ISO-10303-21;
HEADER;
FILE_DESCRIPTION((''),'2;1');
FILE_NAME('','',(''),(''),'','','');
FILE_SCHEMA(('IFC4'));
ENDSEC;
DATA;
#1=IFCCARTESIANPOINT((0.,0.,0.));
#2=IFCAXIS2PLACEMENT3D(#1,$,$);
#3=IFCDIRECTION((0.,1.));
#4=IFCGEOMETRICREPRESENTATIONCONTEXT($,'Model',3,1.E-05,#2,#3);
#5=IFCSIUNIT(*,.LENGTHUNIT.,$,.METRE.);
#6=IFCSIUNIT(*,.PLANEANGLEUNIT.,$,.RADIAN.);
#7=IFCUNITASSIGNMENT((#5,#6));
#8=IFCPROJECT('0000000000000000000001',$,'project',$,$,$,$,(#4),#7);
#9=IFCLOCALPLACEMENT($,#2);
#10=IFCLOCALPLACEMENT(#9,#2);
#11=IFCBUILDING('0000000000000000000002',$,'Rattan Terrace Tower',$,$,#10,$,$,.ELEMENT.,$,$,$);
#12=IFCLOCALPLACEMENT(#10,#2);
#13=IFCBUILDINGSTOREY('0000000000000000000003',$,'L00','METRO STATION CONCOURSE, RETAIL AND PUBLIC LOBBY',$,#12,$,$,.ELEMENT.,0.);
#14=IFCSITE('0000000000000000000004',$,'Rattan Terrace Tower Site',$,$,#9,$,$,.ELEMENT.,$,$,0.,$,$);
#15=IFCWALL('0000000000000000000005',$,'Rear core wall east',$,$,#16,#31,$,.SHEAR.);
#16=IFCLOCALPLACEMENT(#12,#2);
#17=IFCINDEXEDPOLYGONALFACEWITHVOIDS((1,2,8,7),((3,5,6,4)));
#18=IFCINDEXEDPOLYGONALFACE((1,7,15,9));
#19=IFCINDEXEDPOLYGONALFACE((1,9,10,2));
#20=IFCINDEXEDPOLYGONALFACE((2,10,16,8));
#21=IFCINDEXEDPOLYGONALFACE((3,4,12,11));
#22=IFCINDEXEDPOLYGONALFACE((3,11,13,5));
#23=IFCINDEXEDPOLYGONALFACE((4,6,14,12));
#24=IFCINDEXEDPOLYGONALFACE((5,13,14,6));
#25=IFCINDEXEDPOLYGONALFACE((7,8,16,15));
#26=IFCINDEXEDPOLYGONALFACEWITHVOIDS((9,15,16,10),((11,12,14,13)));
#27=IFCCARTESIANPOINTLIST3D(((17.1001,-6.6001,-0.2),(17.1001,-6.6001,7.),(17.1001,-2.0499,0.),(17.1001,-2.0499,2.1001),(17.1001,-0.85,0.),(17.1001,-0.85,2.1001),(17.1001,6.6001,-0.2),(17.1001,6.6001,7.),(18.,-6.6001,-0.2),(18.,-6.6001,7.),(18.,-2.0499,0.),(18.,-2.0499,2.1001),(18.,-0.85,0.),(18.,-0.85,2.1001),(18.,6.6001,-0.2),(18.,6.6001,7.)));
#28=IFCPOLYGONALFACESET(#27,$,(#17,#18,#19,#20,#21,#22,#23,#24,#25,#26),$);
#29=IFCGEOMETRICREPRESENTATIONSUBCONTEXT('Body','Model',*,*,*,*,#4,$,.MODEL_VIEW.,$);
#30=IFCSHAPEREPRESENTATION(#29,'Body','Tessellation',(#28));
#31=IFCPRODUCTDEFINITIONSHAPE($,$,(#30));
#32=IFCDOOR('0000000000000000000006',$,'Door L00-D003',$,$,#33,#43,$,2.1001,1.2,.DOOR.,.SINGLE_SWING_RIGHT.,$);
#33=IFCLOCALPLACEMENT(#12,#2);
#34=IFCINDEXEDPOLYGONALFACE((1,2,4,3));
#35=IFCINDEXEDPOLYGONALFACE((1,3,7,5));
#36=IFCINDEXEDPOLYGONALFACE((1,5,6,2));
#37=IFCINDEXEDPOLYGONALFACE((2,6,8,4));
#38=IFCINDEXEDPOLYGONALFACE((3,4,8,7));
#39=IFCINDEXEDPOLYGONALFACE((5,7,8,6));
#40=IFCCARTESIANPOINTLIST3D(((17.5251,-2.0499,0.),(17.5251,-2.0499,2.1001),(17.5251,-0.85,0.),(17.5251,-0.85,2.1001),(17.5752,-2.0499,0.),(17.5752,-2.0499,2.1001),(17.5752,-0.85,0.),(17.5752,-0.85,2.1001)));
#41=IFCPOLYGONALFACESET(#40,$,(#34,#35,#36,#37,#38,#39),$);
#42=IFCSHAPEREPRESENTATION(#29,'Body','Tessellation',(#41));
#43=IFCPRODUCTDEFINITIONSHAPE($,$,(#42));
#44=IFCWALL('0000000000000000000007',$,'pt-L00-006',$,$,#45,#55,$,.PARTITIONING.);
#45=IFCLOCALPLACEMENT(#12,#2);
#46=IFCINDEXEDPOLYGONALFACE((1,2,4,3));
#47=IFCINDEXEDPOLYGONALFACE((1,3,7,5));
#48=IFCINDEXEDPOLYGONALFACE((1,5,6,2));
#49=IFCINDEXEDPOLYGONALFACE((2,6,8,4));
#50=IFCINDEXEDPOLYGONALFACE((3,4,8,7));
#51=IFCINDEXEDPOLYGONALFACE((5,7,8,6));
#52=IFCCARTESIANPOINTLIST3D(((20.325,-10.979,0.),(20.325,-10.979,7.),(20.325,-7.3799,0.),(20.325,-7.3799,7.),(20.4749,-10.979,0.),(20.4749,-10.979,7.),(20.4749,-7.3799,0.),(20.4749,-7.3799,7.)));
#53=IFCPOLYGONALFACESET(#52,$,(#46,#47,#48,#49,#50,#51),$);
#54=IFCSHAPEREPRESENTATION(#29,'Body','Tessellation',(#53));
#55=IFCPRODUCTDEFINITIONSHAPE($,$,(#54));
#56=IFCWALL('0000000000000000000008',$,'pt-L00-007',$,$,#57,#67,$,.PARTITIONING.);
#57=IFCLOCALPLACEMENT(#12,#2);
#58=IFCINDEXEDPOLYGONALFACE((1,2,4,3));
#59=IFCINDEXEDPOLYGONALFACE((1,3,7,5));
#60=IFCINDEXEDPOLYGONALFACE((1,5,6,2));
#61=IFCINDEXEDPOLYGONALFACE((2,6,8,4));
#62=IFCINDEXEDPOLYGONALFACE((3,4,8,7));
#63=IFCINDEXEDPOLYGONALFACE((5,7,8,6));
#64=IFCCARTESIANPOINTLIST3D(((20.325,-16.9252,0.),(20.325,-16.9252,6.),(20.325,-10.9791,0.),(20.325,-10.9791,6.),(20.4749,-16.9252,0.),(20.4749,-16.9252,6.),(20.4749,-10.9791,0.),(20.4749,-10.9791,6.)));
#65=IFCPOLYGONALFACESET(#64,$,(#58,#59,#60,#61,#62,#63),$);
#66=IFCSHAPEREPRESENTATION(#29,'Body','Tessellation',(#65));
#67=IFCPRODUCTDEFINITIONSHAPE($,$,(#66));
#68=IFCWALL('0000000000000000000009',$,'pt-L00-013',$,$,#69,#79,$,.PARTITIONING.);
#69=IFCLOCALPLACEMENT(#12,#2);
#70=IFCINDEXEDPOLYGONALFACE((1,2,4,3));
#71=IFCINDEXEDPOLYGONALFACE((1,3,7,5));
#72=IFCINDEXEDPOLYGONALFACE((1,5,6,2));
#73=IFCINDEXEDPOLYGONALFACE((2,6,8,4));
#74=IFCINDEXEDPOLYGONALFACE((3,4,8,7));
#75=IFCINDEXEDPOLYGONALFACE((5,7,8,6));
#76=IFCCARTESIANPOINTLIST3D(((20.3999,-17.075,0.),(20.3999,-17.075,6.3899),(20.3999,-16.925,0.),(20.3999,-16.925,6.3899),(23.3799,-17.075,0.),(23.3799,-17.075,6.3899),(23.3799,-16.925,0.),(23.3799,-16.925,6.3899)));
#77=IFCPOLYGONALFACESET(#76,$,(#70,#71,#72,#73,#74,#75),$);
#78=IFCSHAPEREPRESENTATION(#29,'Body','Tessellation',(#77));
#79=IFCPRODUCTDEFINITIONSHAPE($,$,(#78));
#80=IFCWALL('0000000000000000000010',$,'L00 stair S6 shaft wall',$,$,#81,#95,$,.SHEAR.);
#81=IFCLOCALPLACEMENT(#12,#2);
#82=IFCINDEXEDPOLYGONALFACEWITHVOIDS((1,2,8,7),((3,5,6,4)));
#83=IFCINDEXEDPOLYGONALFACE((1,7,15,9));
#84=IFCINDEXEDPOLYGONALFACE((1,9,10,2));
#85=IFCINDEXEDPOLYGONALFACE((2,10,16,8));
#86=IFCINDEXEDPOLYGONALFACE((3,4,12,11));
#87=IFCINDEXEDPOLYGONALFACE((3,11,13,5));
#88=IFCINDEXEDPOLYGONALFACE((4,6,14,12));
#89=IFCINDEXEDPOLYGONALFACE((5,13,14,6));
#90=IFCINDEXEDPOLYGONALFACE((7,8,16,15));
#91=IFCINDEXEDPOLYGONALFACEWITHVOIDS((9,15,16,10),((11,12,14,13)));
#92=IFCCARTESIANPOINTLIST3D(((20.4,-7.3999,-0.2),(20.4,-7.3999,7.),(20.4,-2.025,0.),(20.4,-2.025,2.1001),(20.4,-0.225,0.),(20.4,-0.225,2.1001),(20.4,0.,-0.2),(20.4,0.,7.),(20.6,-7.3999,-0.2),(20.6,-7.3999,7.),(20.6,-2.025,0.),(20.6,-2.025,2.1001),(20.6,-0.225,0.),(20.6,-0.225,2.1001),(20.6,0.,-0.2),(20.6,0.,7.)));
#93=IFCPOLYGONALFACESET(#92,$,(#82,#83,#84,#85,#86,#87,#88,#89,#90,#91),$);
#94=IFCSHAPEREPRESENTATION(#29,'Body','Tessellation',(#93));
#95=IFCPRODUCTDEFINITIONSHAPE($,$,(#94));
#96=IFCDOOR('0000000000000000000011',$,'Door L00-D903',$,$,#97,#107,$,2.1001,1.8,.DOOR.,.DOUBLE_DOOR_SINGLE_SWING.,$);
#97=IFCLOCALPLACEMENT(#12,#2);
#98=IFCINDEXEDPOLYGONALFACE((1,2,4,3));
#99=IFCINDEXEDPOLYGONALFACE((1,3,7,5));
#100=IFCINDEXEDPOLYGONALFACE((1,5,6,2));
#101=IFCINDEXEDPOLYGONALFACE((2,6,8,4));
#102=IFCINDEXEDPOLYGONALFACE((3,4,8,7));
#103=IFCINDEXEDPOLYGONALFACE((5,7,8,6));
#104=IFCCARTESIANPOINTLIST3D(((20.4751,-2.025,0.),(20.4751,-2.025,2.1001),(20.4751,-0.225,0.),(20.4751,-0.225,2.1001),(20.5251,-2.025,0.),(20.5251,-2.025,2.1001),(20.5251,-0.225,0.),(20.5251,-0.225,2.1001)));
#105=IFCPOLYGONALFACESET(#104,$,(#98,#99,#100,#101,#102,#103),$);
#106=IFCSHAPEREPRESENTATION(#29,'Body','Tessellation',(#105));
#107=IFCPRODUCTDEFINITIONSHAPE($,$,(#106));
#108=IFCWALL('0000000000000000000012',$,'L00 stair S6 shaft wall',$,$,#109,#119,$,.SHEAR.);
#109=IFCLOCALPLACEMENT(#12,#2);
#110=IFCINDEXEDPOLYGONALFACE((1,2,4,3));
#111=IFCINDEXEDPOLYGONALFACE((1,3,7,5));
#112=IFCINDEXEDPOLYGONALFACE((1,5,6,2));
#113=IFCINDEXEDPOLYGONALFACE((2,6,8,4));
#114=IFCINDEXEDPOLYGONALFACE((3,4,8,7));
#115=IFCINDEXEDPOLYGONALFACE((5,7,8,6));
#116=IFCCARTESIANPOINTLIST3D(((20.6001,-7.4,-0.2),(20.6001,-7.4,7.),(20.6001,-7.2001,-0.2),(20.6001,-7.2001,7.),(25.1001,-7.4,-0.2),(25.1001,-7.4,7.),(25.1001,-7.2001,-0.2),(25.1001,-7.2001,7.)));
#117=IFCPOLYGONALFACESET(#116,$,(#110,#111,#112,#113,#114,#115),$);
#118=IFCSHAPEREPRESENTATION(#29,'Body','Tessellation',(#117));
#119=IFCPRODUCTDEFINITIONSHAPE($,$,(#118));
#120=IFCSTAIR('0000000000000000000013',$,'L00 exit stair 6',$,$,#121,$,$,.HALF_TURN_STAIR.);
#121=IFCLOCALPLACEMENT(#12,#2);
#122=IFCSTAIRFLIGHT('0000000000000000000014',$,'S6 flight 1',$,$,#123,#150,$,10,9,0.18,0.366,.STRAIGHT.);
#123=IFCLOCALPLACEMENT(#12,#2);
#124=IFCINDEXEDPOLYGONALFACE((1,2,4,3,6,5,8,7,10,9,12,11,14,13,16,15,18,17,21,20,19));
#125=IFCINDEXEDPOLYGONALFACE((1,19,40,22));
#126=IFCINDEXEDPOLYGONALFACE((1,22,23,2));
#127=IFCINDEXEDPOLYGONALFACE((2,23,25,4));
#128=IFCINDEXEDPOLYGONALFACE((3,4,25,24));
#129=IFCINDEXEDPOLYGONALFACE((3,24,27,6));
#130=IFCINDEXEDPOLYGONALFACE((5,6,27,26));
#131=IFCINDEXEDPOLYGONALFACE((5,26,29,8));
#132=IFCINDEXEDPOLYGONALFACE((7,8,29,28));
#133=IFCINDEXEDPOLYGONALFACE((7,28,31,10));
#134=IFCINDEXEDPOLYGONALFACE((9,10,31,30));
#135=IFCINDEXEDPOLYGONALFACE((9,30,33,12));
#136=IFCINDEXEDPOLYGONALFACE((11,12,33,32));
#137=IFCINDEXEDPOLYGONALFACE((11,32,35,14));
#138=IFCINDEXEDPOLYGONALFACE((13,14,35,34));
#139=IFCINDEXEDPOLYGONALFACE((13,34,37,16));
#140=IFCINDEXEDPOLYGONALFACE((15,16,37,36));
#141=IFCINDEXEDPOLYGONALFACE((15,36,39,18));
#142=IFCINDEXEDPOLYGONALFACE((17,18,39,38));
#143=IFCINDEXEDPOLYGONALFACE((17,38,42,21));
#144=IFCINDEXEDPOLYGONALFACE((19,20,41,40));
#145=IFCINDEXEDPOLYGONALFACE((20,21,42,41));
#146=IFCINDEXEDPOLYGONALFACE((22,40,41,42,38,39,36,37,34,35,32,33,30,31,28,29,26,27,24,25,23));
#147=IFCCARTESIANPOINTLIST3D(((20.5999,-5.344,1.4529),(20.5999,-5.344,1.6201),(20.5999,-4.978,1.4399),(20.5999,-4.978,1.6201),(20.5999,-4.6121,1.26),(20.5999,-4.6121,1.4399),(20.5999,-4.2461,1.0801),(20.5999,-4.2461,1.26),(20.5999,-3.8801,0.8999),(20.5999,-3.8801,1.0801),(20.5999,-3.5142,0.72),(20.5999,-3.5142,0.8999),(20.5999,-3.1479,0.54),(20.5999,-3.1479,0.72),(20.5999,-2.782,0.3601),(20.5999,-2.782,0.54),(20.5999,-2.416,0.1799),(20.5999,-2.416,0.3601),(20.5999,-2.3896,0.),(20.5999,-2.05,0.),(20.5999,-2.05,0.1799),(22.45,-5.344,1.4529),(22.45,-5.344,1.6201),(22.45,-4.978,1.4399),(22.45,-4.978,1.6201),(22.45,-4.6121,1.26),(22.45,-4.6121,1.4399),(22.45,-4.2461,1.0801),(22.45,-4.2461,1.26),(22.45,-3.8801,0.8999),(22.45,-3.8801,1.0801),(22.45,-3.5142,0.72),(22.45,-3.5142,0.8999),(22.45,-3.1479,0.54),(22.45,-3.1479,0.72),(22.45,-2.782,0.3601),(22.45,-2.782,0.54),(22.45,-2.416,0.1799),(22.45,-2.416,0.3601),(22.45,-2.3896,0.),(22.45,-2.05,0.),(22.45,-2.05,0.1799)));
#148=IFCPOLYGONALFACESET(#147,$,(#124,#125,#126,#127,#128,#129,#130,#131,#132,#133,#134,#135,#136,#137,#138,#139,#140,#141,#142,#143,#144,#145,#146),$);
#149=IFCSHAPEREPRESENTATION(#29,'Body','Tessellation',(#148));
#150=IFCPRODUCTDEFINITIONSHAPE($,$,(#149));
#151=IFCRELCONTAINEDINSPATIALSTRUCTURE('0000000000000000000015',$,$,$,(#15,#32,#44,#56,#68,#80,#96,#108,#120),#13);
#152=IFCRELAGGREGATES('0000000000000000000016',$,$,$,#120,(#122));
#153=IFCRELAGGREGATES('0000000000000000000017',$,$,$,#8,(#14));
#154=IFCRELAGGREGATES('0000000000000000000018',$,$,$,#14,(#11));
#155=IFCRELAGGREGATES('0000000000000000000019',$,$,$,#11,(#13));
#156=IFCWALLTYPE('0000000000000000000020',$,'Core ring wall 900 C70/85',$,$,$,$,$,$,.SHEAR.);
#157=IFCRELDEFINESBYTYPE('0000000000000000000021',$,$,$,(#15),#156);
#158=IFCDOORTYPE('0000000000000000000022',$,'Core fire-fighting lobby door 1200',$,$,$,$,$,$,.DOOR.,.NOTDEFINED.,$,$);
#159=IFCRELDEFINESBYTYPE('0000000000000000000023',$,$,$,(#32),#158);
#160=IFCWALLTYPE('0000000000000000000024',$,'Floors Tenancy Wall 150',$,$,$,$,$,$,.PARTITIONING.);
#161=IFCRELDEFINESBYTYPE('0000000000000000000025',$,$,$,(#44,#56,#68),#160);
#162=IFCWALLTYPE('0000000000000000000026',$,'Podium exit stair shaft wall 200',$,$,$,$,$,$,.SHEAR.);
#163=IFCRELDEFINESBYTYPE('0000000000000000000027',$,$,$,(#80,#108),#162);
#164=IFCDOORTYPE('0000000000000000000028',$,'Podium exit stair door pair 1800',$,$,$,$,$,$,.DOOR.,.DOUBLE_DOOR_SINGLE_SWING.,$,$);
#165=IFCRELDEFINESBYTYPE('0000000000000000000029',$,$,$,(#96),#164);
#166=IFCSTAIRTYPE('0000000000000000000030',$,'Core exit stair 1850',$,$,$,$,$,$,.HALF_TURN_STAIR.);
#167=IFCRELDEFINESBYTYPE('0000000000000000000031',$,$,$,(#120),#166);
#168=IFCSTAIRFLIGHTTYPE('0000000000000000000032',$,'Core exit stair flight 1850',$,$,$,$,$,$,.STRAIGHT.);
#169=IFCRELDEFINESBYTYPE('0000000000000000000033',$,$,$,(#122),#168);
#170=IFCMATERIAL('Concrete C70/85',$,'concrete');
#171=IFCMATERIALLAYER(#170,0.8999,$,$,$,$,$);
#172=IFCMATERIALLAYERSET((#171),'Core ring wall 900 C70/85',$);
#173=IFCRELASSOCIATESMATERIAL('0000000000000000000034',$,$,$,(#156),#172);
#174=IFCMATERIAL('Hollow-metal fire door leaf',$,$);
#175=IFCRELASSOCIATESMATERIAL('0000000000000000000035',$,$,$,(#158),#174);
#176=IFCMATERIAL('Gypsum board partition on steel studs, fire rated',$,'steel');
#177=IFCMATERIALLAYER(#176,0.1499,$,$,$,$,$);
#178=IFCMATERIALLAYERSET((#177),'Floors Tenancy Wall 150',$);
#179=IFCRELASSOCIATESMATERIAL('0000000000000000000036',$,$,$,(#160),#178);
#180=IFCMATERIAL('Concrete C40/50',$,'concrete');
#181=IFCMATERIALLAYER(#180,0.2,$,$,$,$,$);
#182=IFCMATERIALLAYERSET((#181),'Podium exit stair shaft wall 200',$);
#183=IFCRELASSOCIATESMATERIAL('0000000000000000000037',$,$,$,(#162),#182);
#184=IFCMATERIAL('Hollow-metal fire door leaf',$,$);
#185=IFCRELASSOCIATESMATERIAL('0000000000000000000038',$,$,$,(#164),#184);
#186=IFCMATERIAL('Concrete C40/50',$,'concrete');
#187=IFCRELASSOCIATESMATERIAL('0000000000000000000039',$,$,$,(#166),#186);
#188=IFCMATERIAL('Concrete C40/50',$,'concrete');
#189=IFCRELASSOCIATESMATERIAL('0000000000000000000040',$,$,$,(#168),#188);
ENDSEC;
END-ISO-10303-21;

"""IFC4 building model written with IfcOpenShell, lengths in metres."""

from ifc_helpers import new_model, si_unit, direction, frame, frame_2d, origin, place, context, subcontext, project, spatial, polyline, rectangle, outline, extrude, material, layer, layer_set, type_object, element, fill, aggregate, save


model = new_model("IFC4")

# Units and contexts
model_context = context("Model", 3, precision=1e-05, world=origin(), true_north=direction((0.0, 1.0)))
body_context = subcontext(model_context, "Body", "Model", "MODEL_VIEW")
ifc_project = project(units=[si_unit("LENGTHUNIT", "METRE"), si_unit("PLANEANGLEUNIT", "RADIAN")], contexts=[model_context])

# Site, building, storey
site_placement = place(None, origin())
site = spatial("IfcSite", under=ifc_project, at=site_placement, Name="Rattan Terrace Tower Site", CompositionType="ELEMENT", RefElevation=0.0)
building_placement = place(site_placement, origin())
building = spatial("IfcBuilding", under=site, at=building_placement, Name="Rattan Terrace Tower", CompositionType="ELEMENT")
storey_placement = place(building_placement, origin())
storey = spatial("IfcBuildingStorey", under=building, at=storey_placement, Name="L00", Description="METRO STATION CONCOURSE, RETAIL AND PUBLIC LOBBY", CompositionType="ELEMENT", Elevation=0.0)

# Wall, opening, door
ifc_material_1 = material(Name="Concrete C70/85", Category="concrete")
ifc_layer_1 = layer(ifc_material_1, 0.8999)
ifc_layer_set_1 = layer_set([ifc_layer_1], Name="Core ring wall 900 C70/85")
wall_type_1 = type_object("IfcWallType", Name="Core ring wall 900 C70/85", PredefinedType="SHEAR", material=ifc_layer_set_1)
wall_1_placement = place(storey_placement, frame((17.55, -6.6001, -0.2), z_axis=(0.0, 0.0, 1.0), x_axis=(0.0, 1.0, 0.0)))
wall_1 = element("IfcWall", 1, at=wall_1_placement, inside=storey, type_object=wall_type_1, Name="Rear core wall east", PredefinedType="SHEAR", context=body_context, shape_type="SweptSolid", body=[
    extrude(rectangle(XDim=13.2002, YDim=0.8999, at=frame_2d((6.6001, 0.0))), origin(), (0.0, 0.0, 1.0), 7.2),
])
opening_1_placement = place(wall_1_placement, frame((4.55, 0.0, 0.2)))
opening_1 = element("IfcOpeningElement", 2, at=opening_1_placement, cuts=wall_1, PredefinedType="OPENING", context=body_context, shape_type="SweptSolid", body=[
    extrude(rectangle(XDim=1.2, YDim=2.1001, at=frame_2d((0.6001, 1.05))), frame((0.0, 0.4604, 0.0), z_axis=(0.0, -1.0, 0.0), x_axis=(1.0, 0.0, 0.0)), (0.0, 0.0, 1.0), 0.9209),
])
ifc_material_2 = material(Name="Hollow-metal fire door leaf")
door_type_1 = type_object("IfcDoorType", Name="Core fire-fighting lobby door 1200", OperationType="NOTDEFINED", PredefinedType="DOOR", material=ifc_material_2)
door_1_placement = place(opening_1_placement, origin())
door_1 = element("IfcDoor", 3, at=door_1_placement, inside=storey, type_object=door_type_1, Name="Door L00-D003", OperationType="SINGLE_SWING_RIGHT", OverallHeight=2.1001, OverallWidth=1.2, PredefinedType="DOOR", context=body_context, shape_type="SweptSolid", body=[
    extrude(rectangle(XDim=1.2, YDim=2.1001, at=frame_2d((0.6001, 1.05))), frame((0.0, 0.0249, 0.0), z_axis=(0.0, -1.0, 0.0), x_axis=(1.0, 0.0, 0.0)), (0.0, 0.0, 1.0), 0.05),
])
fill(opening_1, door_1)

# Walls
ifc_material_3 = material(Name="Gypsum board partition on steel studs, fire rated", Category="steel")
ifc_layer_2 = layer(ifc_material_3, 0.1499)
ifc_layer_set_2 = layer_set([ifc_layer_2], Name="Floors Tenancy Wall 150")
wall_type_2 = type_object("IfcWallType", Name="Floors Tenancy Wall 150", PredefinedType="PARTITIONING", material=ifc_layer_set_2)
wall_2_placement = place(storey_placement, frame((20.3999, -7.3799, 0.0), z_axis=(0.0, 0.0, 1.0), x_axis=(0.0, -1.0, 0.0)))
element("IfcWall", 4, at=wall_2_placement, inside=storey, type_object=wall_type_2, Name="pt-L00-006", PredefinedType="PARTITIONING", context=body_context, shape_type="SweptSolid", body=[
    extrude(rectangle(XDim=3.5991, YDim=0.1499, at=frame_2d((1.7996, 0.0))), origin(), (0.0, 0.0, 1.0), 7.0),
])
wall_3_placement = place(storey_placement, frame((20.3999, -10.979, 0.0), z_axis=(0.0, 0.0, 1.0), x_axis=(0.0, -1.0, 0.0)))
element("IfcWall", 5, at=wall_3_placement, inside=storey, type_object=wall_type_2, Name="pt-L00-007", PredefinedType="PARTITIONING", context=body_context, shape_type="SweptSolid", body=[
    extrude(rectangle(XDim=5.946, YDim=0.1499, at=frame_2d((2.9731, 0.0))), origin(), (0.0, 0.0, 1.0), 6.0),
])
wall_4_placement = place(storey_placement, frame((20.3999, -17.0, 0.0), z_axis=(0.0, 0.0, 1.0), x_axis=(1.0, 0.0, 0.0)))
element("IfcWall", 6, at=wall_4_placement, inside=storey, type_object=wall_type_2, Name="pt-L00-013", PredefinedType="PARTITIONING", context=body_context, shape_type="SweptSolid", body=[
    extrude(rectangle(XDim=2.98, YDim=0.1499, at=frame_2d((1.49, 0.0))), origin(), (0.0, 0.0, 1.0), 6.3899),
])

# Wall, opening, door
ifc_material_4 = material(Name="Concrete C40/50", Category="concrete")
ifc_layer_3 = layer(ifc_material_4, 0.2)
ifc_layer_set_3 = layer_set([ifc_layer_3], Name="Podium exit stair shaft wall 200")
wall_type_3 = type_object("IfcWallType", Name="Podium exit stair shaft wall 200", PredefinedType="SHEAR", material=ifc_layer_set_3)
wall_5_placement = place(storey_placement, frame((20.5, -7.3999, -0.2), z_axis=(0.0, 0.0, 1.0), x_axis=(0.0, 1.0, 0.0)))
wall_5 = element("IfcWall", 7, at=wall_5_placement, inside=storey, type_object=wall_type_3, Name="L00 stair S6 shaft wall", PredefinedType="SHEAR", context=body_context, shape_type="SweptSolid", body=[
    extrude(rectangle(XDim=7.3999, YDim=0.2, at=frame_2d((3.7, 0.0))), origin(), (0.0, 0.0, 1.0), 7.2),
])
opening_2_placement = place(wall_5_placement, frame((5.375, 0.0, 0.2)))
opening_2 = element("IfcOpeningElement", 8, at=opening_2_placement, cuts=wall_5, PredefinedType="OPENING", context=body_context, shape_type="SweptSolid", body=[
    extrude(rectangle(XDim=1.8, YDim=2.1001, at=frame_2d((0.8999, 1.05))), frame((0.0, 0.1106, 0.0), z_axis=(0.0, -1.0, 0.0), x_axis=(1.0, 0.0, 0.0)), (0.0, 0.0, 1.0), 0.2209),
])
ifc_material_5 = material(Name="Hollow-metal fire door leaf")
door_type_2 = type_object("IfcDoorType", Name="Podium exit stair door pair 1800", OperationType="DOUBLE_DOOR_SINGLE_SWING", PredefinedType="DOOR", material=ifc_material_5)
door_2_placement = place(opening_2_placement, origin())
door_2 = element("IfcDoor", 9, at=door_2_placement, inside=storey, type_object=door_type_2, Name="Door L00-D903", OperationType="DOUBLE_DOOR_SINGLE_SWING", OverallHeight=2.1001, OverallWidth=1.8, PredefinedType="DOOR", context=body_context, shape_type="SweptSolid", body=[
    extrude(rectangle(XDim=1.8, YDim=2.1001, at=frame_2d((0.8999, 1.05))), frame((0.0, 0.0249, 0.0), z_axis=(0.0, -1.0, 0.0), x_axis=(1.0, 0.0, 0.0)), (0.0, 0.0, 1.0), 0.05),
])
fill(opening_2, door_2)

# Wall
wall_6_placement = place(storey_placement, frame((20.6001, -7.3, -0.2), z_axis=(0.0, 0.0, 1.0), x_axis=(1.0, 0.0, 0.0)))
element("IfcWall", 10, at=wall_6_placement, inside=storey, type_object=wall_type_3, Name="L00 stair S6 shaft wall", PredefinedType="SHEAR", context=body_context, shape_type="SweptSolid", body=[
    extrude(rectangle(XDim=4.5, YDim=0.2, at=frame_2d((2.25, 0.0))), origin(), (0.0, 0.0, 1.0), 7.2),
])

# Stair, stair flight
ifc_material_6 = material(Name="Concrete C40/50", Category="concrete")
stair_type = type_object("IfcStairType", Name="Core exit stair 1850", PredefinedType="HALF_TURN_STAIR", material=ifc_material_6)
stair_placement = place(storey_placement, origin())
stair = element("IfcStair", 11, at=stair_placement, inside=storey, type_object=stair_type, Name="L00 exit stair 6", PredefinedType="HALF_TURN_STAIR")
ifc_material_7 = material(Name="Concrete C40/50", Category="concrete")
stair_flight_type = type_object("IfcStairFlightType", Name="Core exit stair flight 1850", PredefinedType="STRAIGHT", material=ifc_material_7)
stair_flight_1_placement = place(storey_placement, frame((21.5249, -2.05, 0.0), z_axis=(0.0, 0.0, 1.0), x_axis=(0.0, -1.0, 0.0)))
stair_flight_1 = element("IfcStairFlight", 12, at=stair_flight_1_placement, type_object=stair_flight_type, Name="S6 flight 1", NumberOfRisers=10, NumberOfTreads=9, PredefinedType="STRAIGHT", RiserHeight=0.18, TreadLength=0.366, context=body_context, shape_type="SweptSolid", body=[
    extrude(outline(polyline([(0.0, 0.0), (0.0, 0.1799), (0.366, 0.1799), (0.366, 0.3601), (0.7319, 0.3601), (0.7319, 0.54), (1.0979, 0.54), (1.0979, 0.72), (1.4641, 0.72), (1.4641, 0.8999), (1.8301, 0.8999), (1.8301, 1.0801), (2.196, 1.0801), (2.196, 1.26), (2.562, 1.26), (2.562, 1.4399), (2.928, 1.4399), (2.928, 1.6201), (3.2939, 1.6201), (3.2939, 1.8), (3.2939, 1.4529), (0.3396, 0.0), (0.0, 0.0)])), frame((0.0, 0.925, 0.0), z_axis=(0.0, -1.0, 0.0), x_axis=(1.0, 0.0, 0.0)), (0.0, 0.0, 1.0), 1.8501),
])
aggregate(stair, [stair_flight_1])

save(model, "model.ifc")
